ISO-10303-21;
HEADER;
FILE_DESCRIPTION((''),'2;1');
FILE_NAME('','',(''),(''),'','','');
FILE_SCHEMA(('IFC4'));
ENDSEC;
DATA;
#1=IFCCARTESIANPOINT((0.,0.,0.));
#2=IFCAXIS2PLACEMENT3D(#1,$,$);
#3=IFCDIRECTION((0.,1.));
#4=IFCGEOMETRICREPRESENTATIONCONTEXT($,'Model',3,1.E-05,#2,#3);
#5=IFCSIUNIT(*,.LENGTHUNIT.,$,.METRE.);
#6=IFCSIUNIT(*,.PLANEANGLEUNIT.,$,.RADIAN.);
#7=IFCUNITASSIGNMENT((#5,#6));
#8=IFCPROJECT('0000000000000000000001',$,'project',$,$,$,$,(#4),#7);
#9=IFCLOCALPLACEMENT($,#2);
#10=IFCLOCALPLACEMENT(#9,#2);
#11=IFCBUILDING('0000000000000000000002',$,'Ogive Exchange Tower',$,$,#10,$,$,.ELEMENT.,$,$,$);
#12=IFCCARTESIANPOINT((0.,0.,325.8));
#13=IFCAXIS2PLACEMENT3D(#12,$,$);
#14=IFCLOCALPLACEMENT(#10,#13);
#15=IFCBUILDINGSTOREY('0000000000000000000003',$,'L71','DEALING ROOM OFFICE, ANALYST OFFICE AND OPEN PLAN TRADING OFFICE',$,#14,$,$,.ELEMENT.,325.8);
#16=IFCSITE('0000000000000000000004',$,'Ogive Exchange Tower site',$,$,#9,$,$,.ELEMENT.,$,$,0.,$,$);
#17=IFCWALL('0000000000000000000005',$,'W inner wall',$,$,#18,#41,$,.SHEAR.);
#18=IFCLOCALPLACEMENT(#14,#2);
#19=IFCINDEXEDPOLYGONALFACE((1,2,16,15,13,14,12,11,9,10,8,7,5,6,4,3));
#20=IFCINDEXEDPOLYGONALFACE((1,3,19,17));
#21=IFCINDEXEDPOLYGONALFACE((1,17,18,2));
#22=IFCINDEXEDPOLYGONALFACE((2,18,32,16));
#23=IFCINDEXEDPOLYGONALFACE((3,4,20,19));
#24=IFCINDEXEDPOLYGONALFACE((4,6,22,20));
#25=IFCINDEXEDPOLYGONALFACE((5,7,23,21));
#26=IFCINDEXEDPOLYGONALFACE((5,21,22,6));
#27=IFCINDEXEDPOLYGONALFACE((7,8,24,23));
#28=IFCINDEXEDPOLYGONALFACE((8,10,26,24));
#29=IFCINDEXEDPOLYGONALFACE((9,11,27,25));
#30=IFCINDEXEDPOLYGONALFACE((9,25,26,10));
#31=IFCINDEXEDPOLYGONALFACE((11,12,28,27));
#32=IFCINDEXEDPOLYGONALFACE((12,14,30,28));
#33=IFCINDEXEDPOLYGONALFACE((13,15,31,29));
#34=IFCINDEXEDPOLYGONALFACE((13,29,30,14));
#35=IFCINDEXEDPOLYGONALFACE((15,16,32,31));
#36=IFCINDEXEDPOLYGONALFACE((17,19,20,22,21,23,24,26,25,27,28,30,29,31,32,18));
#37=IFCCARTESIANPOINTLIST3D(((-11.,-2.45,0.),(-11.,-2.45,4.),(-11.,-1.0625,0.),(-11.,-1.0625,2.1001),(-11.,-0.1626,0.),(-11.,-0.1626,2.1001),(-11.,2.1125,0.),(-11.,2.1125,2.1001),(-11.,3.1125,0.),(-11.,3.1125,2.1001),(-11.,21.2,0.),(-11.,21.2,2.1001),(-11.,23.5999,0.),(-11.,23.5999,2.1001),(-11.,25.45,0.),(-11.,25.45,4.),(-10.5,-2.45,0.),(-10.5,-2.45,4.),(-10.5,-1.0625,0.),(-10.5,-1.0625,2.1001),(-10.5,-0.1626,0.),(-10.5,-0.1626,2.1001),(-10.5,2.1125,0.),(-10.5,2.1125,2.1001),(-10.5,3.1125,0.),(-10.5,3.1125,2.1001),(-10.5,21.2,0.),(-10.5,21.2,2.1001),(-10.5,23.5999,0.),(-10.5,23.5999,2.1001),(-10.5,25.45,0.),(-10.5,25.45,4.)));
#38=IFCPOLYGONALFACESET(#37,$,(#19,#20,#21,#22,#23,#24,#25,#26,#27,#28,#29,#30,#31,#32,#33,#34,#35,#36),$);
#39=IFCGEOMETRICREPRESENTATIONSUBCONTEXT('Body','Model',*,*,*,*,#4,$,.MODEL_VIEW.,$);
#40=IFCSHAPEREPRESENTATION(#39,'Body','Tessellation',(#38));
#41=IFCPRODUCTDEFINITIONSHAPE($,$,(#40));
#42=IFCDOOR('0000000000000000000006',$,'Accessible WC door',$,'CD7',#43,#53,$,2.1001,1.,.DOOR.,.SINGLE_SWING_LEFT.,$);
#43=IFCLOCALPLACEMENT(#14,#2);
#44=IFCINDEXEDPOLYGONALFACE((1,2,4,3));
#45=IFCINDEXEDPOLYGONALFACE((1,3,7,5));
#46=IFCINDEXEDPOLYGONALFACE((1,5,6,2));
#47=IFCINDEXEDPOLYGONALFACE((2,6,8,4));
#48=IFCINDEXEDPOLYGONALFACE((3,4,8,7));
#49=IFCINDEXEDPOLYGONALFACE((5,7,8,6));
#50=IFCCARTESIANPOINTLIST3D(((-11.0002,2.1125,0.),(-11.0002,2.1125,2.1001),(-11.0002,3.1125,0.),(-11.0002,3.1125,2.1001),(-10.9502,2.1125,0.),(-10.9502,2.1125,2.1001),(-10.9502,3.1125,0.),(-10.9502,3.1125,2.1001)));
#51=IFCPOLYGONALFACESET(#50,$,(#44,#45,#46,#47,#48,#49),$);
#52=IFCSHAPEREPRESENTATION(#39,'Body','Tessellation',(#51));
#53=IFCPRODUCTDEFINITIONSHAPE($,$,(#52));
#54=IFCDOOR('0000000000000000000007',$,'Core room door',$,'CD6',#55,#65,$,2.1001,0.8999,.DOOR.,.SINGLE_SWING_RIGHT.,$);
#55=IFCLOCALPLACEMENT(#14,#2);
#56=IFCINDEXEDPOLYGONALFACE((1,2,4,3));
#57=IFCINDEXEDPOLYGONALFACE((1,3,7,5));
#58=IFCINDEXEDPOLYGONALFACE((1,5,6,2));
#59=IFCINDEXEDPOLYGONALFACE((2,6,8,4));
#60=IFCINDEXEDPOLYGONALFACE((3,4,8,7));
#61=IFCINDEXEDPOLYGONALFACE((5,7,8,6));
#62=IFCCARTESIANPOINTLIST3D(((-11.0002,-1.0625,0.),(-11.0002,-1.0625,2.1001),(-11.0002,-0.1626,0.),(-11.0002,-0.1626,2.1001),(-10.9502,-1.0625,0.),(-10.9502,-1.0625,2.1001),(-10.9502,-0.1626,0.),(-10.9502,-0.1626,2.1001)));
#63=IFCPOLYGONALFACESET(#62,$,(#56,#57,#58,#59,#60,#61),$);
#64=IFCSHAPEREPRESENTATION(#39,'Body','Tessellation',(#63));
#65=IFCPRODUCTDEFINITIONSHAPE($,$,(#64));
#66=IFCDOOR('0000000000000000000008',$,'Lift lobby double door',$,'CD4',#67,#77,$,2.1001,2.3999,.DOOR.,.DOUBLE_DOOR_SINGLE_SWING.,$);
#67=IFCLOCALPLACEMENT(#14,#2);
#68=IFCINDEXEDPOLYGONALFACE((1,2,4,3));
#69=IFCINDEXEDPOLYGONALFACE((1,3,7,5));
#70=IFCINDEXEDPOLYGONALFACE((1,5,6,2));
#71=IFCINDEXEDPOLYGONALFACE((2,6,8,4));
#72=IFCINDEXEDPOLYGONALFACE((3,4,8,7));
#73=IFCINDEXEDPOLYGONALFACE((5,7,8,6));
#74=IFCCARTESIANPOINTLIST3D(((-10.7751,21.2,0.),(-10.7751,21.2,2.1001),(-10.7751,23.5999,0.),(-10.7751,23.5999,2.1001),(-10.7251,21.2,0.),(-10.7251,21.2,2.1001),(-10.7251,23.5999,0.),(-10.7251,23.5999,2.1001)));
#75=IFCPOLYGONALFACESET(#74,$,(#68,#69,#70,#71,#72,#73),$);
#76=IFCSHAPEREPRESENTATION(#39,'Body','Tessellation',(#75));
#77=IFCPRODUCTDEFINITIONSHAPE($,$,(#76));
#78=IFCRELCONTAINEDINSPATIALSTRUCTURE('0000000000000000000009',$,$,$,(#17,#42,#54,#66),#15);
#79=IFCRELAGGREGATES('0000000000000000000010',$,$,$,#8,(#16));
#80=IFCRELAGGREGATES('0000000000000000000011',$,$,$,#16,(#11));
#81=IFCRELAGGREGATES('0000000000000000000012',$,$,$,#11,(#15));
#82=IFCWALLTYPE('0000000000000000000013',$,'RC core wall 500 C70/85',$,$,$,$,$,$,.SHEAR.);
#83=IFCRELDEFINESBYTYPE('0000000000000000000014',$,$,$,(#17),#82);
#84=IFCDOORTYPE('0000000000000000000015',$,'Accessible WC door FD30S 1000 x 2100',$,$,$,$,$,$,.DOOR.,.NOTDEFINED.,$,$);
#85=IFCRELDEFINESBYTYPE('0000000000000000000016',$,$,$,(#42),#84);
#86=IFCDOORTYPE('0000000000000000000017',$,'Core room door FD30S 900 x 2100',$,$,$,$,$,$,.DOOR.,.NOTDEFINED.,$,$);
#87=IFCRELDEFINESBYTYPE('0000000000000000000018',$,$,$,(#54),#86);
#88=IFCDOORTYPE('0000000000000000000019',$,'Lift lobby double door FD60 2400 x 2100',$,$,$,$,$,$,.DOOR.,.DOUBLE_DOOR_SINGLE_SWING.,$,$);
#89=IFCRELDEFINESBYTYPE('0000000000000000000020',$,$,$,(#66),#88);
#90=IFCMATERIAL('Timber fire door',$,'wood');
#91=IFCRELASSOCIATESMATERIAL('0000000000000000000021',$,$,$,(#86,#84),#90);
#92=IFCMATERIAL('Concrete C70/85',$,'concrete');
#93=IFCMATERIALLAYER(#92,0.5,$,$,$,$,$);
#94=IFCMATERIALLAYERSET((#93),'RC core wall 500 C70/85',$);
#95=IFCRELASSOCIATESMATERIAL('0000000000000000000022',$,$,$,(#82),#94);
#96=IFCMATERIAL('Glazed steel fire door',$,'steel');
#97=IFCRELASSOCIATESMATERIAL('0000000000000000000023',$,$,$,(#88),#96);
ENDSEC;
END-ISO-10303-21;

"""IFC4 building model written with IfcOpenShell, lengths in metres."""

from ifc_helpers import new_model, si_unit, direction, frame, frame_2d, origin, place, context, subcontext, project, spatial, rectangle, extrude, material, layer, layer_set, type_object, element, fill, save


model = new_model("IFC4")

# Units and contexts
model_context = context("Model", 3, precision=1e-05, world=origin(), true_north=direction((0.0, 1.0)))
body_context = subcontext(model_context, "Body", "Model", "MODEL_VIEW")
ifc_project = project(units=[si_unit("LENGTHUNIT", "METRE"), si_unit("PLANEANGLEUNIT", "RADIAN")], contexts=[model_context])

# Site, building, storey
site_placement = place(None, origin())
site = spatial("IfcSite", under=ifc_project, at=site_placement, Name="Ogive Exchange Tower site", CompositionType="ELEMENT", RefElevation=0.0)
building_placement = place(site_placement, origin())
building = spatial("IfcBuilding", under=site, at=building_placement, Name="Ogive Exchange Tower", CompositionType="ELEMENT")
storey_placement = place(building_placement, frame((0.0, 0.0, 325.8)))
storey = spatial("IfcBuildingStorey", under=building, at=storey_placement, Name="L71", Description="DEALING ROOM OFFICE, ANALYST OFFICE AND OPEN PLAN TRADING OFFICE", CompositionType="ELEMENT", Elevation=325.8)

# Shared definitions
ifc_material_1 = material(Name="Concrete C70/85", Category="concrete")

# Wall, openings, doors
ifc_material_2 = material(Name="Timber fire door", Category="wood")
door_type_1 = type_object("IfcDoorType", Name="Core room door FD30S 900 x 2100", OperationType="NOTDEFINED", PredefinedType="DOOR", material=ifc_material_2)
ifc_layer_1 = layer(ifc_material_1, 0.5)
ifc_layer_set_1 = layer_set([ifc_layer_1], Name="RC core wall 500 C70/85")
wall_type_1 = type_object("IfcWallType", Name="RC core wall 500 C70/85", PredefinedType="SHEAR", material=ifc_layer_set_1)
wall_1_placement = place(storey_placement, frame((-10.75, -2.45, 0.0), z_axis=(0.0, 0.0, 1.0), x_axis=(0.0, 1.0, 0.0)))
wall_1 = element("IfcWall", 1, at=wall_1_placement, inside=storey, type_object=wall_type_1, Name="W inner wall", PredefinedType="SHEAR", context=body_context, shape_type="SweptSolid", body=[
    extrude(rectangle(XDim=27.8999, YDim=0.5, at=frame_2d((13.95, 0.0))), origin(), (0.0, 0.0, 1.0), 4.0),
])
opening_1_placement = place(wall_1_placement, frame((23.6499, 0.0, 0.0)))
opening_1 = element("IfcOpeningElement", 2, at=opening_1_placement, cuts=wall_1, PredefinedType="OPENING", context=body_context, shape_type="SweptSolid", body=[
    extrude(rectangle(XDim=2.3999, YDim=2.1001, at=frame_2d((1.2, 1.05))), frame((0.0, 0.26, 0.0), z_axis=(0.0, -1.0, 0.0), x_axis=(1.0, 0.0, 0.0)), (0.0, 0.0, 1.0), 0.52),
])
opening_2_placement = place(wall_1_placement, frame((1.3875, 0.0, 0.0)))
opening_2 = element("IfcOpeningElement", 3, at=opening_2_placement, cuts=wall_1, PredefinedType="OPENING", context=body_context, shape_type="SweptSolid", body=[
    extrude(rectangle(XDim=0.8999, YDim=2.1001, at=frame_2d((0.45, 1.05))), frame((0.0, 0.26, 0.0), z_axis=(0.0, -1.0, 0.0), x_axis=(1.0, 0.0, 0.0)), (0.0, 0.0, 1.0), 0.52),
])
opening_3_placement = place(wall_1_placement, frame((4.5625, 0.0, 0.0)))
opening_3 = element("IfcOpeningElement", 4, at=opening_3_placement, cuts=wall_1, PredefinedType="OPENING", context=body_context, shape_type="SweptSolid", body=[
    extrude(rectangle(XDim=1.0, YDim=2.1001, at=frame_2d((0.5, 1.05))), frame((0.0, 0.26, 0.0), z_axis=(0.0, -1.0, 0.0), x_axis=(1.0, 0.0, 0.0)), (0.0, 0.0, 1.0), 0.52),
])
door_type_2 = type_object("IfcDoorType", Name="Accessible WC door FD30S 1000 x 2100", OperationType="NOTDEFINED", PredefinedType="DOOR", material=ifc_material_2)
door_1_placement = place(opening_3_placement, frame((1.0, 0.4502, 0.0), z_axis=(0.0, 0.0, 1.0), x_axis=(-1.0, 0.0, 0.0)))
door_1 = element("IfcDoor", 5, at=door_1_placement, inside=storey, type_object=door_type_2, Name="Accessible WC door", ObjectType="CD7", OperationType="SINGLE_SWING_LEFT", OverallHeight=2.1001, OverallWidth=1.0, PredefinedType="DOOR", context=body_context, shape_type="SweptSolid", body=[
    extrude(rectangle(XDim=1.0, YDim=2.1001, at=frame_2d((0.5, 1.05))), frame((0.0, 0.25, 0.0), z_axis=(0.0, -1.0, 0.0), x_axis=(1.0, 0.0, 0.0)), (0.0, 0.0, 1.0), 0.05),
])
fill(opening_3, door_1)
door_2_placement = place(opening_2_placement, frame((0.8999, 0.4502, 0.0), z_axis=(0.0, 0.0, 1.0), x_axis=(-1.0, 0.0, 0.0)))
door_2 = element("IfcDoor", 6, at=door_2_placement, inside=storey, type_object=door_type_1, Name="Core room door", ObjectType="CD6", OperationType="SINGLE_SWING_RIGHT", OverallHeight=2.1001, OverallWidth=0.8999, PredefinedType="DOOR", context=body_context, shape_type="SweptSolid", body=[
    extrude(rectangle(XDim=0.8999, YDim=2.1001, at=frame_2d((0.45, 1.05))), frame((0.0, 0.25, 0.0), z_axis=(0.0, -1.0, 0.0), x_axis=(1.0, 0.0, 0.0)), (0.0, 0.0, 1.0), 0.05),
])
fill(opening_2, door_2)
ifc_material_3 = material(Name="Glazed steel fire door", Category="steel")
door_type_3 = type_object("IfcDoorType", Name="Lift lobby double door FD60 2400 x 2100", OperationType="DOUBLE_DOOR_SINGLE_SWING", PredefinedType="DOOR", material=ifc_material_3)
door_3_placement = place(opening_1_placement, frame((2.3999, 0.0, 0.0), z_axis=(0.0, 0.0, 1.0), x_axis=(-1.0, 0.0, 0.0)))
door_3 = element("IfcDoor", 7, at=door_3_placement, inside=storey, type_object=door_type_3, Name="Lift lobby double door", ObjectType="CD4", OperationType="DOUBLE_DOOR_SINGLE_SWING", OverallHeight=2.1001, OverallWidth=2.3999, PredefinedType="DOOR", context=body_context, shape_type="SweptSolid", body=[
    extrude(rectangle(XDim=2.3999, YDim=2.1001, at=frame_2d((1.2, 1.05))), frame((0.0, 0.0249, 0.0), z_axis=(0.0, -1.0, 0.0), x_axis=(1.0, 0.0, 0.0)), (0.0, 0.0, 1.0), 0.05),
])
fill(opening_1, door_3)

save(model, "model.ifc")
